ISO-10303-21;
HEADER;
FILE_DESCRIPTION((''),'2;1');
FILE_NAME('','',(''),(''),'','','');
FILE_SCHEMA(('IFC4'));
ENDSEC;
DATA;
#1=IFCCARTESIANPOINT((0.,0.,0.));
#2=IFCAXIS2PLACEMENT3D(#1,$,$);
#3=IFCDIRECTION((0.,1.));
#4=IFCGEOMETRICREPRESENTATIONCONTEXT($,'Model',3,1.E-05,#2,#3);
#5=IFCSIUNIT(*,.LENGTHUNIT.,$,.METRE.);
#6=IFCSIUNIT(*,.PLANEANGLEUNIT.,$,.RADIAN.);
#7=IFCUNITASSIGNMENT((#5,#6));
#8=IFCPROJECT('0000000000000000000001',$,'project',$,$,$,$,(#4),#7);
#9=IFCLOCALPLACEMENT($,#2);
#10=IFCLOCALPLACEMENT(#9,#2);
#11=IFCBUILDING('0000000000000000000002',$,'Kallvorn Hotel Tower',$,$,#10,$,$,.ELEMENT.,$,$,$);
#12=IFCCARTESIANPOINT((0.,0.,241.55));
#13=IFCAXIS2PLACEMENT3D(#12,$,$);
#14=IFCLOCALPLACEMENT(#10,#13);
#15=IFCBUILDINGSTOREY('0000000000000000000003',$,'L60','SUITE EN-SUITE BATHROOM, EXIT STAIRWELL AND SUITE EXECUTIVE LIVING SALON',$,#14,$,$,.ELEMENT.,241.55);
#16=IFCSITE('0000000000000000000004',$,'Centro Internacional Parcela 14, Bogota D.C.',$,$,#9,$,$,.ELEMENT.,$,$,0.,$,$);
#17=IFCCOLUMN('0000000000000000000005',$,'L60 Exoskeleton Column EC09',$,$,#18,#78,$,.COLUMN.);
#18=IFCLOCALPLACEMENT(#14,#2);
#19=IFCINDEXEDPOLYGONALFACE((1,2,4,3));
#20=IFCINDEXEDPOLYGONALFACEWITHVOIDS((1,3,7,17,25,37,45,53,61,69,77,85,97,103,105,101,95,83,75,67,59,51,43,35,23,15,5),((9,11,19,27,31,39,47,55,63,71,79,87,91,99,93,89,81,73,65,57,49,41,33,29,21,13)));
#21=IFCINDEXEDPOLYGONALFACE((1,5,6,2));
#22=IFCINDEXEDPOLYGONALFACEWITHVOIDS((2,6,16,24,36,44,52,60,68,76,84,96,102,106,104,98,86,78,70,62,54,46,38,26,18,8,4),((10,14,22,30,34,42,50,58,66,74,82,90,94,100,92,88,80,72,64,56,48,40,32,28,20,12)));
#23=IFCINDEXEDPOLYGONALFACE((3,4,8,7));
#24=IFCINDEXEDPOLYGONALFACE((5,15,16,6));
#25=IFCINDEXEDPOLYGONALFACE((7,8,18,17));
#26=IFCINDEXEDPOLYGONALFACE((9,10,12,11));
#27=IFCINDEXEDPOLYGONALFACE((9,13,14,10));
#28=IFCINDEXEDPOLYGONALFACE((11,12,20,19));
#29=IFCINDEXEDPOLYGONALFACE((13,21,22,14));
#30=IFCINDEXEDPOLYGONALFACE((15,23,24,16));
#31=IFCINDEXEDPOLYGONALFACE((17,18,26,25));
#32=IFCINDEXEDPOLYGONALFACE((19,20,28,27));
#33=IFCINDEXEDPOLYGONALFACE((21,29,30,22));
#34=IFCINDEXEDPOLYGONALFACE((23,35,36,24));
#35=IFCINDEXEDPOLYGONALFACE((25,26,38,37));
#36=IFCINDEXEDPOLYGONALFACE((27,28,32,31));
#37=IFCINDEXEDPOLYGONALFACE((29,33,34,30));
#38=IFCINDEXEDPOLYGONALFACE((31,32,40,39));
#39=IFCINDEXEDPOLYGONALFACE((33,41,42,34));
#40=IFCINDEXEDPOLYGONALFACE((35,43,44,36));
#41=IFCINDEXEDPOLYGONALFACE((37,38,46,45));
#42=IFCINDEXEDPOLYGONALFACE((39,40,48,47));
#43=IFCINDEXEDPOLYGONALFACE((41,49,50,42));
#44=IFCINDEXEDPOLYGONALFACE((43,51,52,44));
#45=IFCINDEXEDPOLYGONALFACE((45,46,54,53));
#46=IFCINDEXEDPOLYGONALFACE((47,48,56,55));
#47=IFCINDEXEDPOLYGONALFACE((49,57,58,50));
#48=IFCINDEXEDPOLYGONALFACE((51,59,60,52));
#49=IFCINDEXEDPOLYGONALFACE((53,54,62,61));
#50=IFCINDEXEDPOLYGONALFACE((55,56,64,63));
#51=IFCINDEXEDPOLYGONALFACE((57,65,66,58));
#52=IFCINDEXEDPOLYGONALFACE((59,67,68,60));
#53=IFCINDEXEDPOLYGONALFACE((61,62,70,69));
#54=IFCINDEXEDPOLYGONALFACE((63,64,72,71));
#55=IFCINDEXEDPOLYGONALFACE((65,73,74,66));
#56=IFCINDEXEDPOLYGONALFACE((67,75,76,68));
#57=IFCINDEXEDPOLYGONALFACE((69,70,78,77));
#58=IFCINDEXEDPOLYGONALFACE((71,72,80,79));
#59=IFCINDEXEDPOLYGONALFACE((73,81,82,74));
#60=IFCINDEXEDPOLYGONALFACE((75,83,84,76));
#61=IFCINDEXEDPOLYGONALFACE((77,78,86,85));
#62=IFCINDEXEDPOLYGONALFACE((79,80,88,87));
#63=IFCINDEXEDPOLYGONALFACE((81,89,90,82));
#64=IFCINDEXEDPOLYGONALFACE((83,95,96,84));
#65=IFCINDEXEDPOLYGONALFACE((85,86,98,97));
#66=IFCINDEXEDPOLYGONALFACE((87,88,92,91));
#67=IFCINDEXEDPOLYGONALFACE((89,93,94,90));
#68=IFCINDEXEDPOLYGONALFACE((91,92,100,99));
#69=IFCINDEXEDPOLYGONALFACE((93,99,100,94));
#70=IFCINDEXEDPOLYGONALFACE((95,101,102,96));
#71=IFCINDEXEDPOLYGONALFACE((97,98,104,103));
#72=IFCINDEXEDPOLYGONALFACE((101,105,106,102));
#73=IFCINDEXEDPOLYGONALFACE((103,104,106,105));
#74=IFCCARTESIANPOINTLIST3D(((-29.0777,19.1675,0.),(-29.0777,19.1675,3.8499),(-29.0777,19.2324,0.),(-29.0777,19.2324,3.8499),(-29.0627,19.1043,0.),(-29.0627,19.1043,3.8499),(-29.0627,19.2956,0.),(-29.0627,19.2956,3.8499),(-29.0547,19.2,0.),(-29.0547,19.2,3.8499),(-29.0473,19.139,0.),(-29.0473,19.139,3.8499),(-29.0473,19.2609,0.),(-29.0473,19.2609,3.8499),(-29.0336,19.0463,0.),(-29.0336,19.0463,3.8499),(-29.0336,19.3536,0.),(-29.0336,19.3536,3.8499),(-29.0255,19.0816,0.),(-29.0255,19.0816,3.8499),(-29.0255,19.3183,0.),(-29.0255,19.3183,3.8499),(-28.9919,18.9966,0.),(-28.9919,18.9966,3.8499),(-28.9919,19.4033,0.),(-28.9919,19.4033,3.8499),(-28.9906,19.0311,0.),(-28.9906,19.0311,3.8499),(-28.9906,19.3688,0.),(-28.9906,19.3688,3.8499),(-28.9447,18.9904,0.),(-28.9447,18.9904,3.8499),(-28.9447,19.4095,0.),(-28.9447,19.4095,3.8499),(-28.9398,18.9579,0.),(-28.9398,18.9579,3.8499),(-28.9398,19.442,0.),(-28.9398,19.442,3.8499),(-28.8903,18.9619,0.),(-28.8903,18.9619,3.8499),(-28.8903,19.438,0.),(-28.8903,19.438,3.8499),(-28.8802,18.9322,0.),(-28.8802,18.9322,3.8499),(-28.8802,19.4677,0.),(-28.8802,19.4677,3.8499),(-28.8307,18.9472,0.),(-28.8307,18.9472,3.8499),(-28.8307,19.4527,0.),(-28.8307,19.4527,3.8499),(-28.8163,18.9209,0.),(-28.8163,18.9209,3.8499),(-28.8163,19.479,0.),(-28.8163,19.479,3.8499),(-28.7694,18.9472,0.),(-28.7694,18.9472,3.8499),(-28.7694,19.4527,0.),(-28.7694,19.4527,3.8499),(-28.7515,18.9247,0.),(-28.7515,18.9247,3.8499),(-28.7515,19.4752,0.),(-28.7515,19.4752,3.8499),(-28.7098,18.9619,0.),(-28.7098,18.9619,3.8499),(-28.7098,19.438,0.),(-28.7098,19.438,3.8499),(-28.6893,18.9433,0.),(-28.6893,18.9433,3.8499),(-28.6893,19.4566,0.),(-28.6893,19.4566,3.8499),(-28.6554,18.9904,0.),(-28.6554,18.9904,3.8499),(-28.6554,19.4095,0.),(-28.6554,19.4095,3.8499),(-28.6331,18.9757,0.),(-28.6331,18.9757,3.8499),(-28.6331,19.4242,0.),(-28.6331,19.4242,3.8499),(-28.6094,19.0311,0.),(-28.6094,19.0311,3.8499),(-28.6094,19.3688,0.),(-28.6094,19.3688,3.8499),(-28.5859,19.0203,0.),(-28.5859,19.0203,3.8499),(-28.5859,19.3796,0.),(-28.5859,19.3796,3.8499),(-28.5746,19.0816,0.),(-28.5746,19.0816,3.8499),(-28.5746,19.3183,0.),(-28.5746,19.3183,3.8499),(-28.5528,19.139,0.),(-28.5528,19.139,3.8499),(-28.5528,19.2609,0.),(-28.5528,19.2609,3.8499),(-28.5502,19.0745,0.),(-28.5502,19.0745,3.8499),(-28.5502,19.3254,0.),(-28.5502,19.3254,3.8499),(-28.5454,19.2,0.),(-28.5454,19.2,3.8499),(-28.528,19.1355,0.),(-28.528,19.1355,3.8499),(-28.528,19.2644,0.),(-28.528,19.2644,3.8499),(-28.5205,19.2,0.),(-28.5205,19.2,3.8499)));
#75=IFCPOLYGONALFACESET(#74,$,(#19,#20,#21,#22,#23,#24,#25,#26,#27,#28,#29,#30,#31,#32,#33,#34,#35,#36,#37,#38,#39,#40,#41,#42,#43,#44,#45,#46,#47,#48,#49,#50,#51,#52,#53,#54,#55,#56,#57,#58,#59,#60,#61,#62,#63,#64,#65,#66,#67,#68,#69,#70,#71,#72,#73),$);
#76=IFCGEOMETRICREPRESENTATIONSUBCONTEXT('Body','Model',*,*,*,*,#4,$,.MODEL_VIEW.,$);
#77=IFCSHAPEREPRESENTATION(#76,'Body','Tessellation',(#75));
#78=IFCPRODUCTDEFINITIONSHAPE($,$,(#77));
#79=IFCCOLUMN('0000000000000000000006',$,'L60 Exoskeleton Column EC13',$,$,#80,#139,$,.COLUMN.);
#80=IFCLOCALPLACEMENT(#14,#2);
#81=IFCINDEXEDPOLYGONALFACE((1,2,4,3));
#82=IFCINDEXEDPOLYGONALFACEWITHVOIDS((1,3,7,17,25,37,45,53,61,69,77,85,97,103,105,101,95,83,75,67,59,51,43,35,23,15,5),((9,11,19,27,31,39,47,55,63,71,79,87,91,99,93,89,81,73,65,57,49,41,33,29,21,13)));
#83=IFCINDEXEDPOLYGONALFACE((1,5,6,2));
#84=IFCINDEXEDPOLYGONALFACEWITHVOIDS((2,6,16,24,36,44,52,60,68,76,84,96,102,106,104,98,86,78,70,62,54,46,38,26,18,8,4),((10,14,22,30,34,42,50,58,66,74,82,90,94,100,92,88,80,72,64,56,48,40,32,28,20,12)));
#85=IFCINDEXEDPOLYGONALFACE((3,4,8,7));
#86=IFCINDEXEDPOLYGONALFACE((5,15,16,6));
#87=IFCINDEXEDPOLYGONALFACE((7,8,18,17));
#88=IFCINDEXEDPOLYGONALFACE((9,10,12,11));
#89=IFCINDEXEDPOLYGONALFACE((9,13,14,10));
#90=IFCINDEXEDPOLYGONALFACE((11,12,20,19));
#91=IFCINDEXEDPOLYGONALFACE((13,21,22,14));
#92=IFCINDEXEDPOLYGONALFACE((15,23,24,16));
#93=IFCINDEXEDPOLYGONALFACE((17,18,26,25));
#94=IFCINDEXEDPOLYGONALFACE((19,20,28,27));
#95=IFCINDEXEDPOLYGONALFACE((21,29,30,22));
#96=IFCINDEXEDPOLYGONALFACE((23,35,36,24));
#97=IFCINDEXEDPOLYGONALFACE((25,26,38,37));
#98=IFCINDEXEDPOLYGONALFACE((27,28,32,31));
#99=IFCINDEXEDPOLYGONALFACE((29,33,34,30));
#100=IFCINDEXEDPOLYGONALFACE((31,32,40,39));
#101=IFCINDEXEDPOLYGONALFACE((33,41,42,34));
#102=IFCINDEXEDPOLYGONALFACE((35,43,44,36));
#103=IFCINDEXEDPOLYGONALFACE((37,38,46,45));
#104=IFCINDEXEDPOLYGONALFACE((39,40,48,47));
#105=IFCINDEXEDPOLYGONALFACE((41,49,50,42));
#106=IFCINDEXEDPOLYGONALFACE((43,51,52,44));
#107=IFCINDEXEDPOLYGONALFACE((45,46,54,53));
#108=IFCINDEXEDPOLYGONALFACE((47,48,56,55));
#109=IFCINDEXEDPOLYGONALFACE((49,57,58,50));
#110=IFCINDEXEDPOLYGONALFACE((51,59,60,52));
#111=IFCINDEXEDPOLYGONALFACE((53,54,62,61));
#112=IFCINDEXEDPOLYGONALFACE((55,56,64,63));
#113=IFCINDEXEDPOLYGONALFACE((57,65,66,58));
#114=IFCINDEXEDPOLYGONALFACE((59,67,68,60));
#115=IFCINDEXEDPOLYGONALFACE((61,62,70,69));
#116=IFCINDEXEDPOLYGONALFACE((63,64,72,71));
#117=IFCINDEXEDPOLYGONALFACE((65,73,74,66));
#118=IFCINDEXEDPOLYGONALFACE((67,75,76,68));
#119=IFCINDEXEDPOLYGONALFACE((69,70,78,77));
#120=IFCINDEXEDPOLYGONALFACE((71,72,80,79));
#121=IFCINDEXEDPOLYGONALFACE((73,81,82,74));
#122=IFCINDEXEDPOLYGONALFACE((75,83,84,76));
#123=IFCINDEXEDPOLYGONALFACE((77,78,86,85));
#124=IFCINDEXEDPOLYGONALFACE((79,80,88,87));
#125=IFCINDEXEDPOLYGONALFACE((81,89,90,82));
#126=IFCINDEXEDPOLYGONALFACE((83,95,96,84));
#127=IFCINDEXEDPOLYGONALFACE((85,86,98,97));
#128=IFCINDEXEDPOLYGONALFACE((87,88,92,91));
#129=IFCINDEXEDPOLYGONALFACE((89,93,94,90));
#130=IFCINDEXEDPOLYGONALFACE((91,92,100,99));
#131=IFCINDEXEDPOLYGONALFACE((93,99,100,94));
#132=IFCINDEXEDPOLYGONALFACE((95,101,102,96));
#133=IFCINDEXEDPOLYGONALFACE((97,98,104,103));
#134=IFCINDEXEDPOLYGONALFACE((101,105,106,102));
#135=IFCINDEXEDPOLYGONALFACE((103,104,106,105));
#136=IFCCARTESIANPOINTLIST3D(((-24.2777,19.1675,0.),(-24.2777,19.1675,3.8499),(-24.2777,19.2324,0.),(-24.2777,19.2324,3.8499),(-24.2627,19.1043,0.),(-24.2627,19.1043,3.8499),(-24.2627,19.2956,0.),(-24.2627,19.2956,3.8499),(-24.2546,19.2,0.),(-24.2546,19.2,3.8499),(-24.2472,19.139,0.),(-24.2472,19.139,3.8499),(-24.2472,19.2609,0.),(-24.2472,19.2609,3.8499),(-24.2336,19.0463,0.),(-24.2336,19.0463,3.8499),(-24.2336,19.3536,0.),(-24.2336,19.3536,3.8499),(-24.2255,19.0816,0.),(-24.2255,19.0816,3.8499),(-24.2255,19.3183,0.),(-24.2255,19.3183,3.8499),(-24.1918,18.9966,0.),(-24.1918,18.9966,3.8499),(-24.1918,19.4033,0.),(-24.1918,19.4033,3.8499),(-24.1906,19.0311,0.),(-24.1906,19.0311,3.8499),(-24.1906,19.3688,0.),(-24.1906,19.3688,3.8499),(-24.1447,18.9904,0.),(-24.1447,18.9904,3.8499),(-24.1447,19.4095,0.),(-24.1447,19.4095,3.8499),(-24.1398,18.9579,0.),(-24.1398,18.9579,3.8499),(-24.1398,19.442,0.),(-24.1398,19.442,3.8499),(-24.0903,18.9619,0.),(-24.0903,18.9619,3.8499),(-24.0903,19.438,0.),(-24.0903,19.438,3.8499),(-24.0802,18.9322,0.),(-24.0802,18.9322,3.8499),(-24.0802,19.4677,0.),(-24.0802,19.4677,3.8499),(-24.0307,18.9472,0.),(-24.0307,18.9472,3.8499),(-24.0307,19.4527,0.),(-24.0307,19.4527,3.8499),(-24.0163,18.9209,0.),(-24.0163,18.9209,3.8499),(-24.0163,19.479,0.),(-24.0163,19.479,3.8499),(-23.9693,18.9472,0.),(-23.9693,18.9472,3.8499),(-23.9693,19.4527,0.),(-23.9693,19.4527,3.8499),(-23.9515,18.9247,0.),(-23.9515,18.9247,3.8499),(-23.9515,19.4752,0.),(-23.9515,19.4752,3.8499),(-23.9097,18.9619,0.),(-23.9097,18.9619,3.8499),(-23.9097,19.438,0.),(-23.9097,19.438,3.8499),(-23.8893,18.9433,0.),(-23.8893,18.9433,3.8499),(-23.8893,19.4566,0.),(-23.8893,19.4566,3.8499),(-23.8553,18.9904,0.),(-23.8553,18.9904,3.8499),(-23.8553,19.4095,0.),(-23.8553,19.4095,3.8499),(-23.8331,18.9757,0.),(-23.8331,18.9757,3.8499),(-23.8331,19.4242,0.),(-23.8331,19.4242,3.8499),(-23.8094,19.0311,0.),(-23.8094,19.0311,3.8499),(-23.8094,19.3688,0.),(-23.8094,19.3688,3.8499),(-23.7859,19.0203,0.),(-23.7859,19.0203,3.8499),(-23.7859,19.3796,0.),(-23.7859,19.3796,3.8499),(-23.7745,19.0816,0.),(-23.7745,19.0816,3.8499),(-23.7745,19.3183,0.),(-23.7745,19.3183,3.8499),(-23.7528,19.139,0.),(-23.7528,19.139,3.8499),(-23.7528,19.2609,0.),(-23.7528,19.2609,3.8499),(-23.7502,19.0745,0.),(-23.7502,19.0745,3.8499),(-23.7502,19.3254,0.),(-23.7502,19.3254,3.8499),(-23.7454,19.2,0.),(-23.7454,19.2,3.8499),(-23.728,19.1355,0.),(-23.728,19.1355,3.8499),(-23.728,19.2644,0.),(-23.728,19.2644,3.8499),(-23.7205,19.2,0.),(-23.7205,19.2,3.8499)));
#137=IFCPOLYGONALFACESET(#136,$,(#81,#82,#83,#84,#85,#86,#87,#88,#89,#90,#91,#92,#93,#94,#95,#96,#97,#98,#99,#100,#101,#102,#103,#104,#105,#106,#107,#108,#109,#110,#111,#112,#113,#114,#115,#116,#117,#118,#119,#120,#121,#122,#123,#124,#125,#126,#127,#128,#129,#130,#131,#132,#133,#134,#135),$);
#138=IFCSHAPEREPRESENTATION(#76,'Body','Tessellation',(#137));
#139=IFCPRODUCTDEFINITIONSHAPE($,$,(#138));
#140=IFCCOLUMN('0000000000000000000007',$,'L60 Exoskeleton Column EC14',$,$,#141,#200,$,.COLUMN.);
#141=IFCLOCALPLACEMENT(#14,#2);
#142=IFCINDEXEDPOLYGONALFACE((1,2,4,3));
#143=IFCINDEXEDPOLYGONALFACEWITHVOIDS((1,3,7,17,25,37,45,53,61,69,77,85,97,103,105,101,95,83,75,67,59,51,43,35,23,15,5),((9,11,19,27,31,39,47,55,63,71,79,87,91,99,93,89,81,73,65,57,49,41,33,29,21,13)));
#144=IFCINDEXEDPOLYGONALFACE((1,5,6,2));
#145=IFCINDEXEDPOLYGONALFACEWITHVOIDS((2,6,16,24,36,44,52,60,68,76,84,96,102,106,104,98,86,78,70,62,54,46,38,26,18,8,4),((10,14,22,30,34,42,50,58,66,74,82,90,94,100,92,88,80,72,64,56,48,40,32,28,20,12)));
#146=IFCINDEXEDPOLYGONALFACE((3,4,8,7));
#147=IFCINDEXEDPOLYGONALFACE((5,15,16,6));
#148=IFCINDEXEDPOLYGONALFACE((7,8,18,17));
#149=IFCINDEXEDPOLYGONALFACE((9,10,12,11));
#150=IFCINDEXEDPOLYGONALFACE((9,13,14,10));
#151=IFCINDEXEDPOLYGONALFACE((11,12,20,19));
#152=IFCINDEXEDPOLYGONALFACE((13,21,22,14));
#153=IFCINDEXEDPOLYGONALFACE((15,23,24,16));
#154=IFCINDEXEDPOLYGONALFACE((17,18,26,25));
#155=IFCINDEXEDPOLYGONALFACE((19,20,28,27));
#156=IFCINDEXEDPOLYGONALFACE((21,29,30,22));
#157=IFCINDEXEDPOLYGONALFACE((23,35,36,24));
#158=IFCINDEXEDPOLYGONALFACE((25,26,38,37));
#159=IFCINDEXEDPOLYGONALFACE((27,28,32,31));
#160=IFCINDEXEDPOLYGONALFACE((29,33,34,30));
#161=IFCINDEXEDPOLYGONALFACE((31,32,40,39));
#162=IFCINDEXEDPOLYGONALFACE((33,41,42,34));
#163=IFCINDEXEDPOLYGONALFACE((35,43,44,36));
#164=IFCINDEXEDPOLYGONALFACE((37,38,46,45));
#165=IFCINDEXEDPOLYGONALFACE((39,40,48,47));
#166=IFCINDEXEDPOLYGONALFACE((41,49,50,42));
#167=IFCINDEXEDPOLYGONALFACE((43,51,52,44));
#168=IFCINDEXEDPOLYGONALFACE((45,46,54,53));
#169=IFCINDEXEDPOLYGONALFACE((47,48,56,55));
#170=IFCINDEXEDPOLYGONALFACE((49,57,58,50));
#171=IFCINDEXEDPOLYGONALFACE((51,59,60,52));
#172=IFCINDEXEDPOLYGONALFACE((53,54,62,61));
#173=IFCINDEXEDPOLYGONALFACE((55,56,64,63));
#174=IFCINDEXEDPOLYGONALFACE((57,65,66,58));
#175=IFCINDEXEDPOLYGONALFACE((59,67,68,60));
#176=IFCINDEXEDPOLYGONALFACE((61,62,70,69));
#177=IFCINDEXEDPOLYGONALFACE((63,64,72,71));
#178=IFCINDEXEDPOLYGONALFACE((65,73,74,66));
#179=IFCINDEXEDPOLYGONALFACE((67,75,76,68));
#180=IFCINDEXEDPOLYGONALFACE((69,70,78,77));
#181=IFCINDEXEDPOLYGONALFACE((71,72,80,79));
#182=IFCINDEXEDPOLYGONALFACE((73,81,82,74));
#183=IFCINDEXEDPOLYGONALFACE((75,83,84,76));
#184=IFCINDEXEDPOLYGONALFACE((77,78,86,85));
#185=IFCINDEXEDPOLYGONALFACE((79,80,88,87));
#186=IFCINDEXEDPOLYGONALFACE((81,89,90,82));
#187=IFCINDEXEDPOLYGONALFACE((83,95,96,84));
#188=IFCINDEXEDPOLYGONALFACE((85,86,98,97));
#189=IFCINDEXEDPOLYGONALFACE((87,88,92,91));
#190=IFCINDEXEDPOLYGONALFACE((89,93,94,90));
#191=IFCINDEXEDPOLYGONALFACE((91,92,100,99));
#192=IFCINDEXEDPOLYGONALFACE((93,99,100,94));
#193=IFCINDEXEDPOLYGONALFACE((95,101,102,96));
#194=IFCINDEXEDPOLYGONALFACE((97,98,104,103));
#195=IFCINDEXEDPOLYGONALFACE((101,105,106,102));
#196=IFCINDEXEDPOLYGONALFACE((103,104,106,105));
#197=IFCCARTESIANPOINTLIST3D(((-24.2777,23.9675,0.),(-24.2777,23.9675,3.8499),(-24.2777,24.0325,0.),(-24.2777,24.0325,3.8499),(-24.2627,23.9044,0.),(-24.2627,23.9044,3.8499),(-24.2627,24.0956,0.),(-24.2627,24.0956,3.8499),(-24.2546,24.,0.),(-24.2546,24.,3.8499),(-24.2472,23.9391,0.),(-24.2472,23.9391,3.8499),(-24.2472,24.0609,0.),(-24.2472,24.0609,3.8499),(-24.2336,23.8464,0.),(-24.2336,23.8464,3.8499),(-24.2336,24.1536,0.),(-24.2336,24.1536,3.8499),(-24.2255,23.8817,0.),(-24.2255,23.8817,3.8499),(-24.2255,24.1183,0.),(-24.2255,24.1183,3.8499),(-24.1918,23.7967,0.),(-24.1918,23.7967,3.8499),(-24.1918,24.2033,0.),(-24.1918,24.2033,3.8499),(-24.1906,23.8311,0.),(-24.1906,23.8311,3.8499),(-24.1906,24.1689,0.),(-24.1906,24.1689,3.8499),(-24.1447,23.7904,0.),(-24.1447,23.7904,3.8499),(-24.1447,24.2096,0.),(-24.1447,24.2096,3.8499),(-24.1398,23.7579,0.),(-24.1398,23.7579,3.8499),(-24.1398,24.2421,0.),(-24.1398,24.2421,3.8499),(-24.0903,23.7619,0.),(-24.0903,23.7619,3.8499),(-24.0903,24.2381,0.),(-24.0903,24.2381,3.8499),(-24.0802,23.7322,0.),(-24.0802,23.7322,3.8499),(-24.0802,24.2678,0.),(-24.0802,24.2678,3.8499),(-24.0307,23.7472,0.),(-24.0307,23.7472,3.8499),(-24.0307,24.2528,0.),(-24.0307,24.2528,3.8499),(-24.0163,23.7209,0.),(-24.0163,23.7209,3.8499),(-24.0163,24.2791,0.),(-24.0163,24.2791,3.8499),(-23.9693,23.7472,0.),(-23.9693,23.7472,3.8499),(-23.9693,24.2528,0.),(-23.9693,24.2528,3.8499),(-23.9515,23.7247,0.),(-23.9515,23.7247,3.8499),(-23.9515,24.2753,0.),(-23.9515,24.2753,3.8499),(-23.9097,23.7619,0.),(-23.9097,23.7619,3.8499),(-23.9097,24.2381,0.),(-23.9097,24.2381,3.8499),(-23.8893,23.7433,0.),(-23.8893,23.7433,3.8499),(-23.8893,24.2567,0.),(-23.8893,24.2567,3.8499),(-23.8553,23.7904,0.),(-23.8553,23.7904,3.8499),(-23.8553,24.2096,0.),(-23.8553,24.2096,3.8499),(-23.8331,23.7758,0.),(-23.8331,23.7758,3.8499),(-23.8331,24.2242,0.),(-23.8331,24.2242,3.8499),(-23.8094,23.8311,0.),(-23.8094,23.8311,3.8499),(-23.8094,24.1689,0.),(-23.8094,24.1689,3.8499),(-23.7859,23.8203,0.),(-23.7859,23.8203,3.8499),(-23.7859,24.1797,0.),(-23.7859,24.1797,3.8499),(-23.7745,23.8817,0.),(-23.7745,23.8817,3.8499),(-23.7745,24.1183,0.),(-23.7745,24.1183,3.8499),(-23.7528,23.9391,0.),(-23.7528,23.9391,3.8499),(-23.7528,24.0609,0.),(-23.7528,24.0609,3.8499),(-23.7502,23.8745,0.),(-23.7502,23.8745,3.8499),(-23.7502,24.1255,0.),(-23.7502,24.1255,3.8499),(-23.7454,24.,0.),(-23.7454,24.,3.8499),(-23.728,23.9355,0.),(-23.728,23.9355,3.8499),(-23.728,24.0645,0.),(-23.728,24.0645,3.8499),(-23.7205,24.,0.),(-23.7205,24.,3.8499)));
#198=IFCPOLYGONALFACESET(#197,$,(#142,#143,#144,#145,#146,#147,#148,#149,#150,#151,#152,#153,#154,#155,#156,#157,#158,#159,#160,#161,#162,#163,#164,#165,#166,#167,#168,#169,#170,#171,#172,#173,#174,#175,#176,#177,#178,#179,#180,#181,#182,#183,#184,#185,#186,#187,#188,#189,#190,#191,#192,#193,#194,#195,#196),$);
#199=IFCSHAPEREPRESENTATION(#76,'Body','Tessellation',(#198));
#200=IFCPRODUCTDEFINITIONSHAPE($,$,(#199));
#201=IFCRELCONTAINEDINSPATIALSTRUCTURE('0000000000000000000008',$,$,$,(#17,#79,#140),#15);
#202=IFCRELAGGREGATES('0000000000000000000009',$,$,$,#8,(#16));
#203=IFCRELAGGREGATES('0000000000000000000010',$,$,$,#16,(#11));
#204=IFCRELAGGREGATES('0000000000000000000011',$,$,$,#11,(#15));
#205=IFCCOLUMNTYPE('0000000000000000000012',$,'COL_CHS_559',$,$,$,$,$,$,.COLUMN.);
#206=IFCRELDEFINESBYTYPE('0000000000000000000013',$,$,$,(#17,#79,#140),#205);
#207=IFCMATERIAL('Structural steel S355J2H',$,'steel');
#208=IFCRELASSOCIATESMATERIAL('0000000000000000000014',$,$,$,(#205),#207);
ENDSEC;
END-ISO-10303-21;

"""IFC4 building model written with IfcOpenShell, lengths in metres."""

from ifc_helpers import new_model, si_unit, direction, frame, origin, origin_2d, place, context, subcontext, project, spatial, hollow_circle, extrude, material, material_profile, profile_set, type_object, element, save


model = new_model("IFC4")

# Units and contexts
model_context = context("Model", 3, precision=1e-05, world=origin(), true_north=direction((0.0, 1.0)))
body_context = subcontext(model_context, "Body", "Model", "MODEL_VIEW")
ifc_project = project(units=[si_unit("LENGTHUNIT", "METRE"), si_unit("PLANEANGLEUNIT", "RADIAN")], contexts=[model_context])

# Site, building, storey
site_placement = place(None, origin())
site = spatial("IfcSite", under=ifc_project, at=site_placement, Name="Centro Internacional Parcela 14, Bogota D.C.", CompositionType="ELEMENT", RefElevation=0.0)
building_placement = place(site_placement, origin())
building = spatial("IfcBuilding", under=site, at=building_placement, Name="Kallvorn Hotel Tower", CompositionType="ELEMENT")
storey_placement = place(building_placement, frame((0.0, 0.0, 241.55)))
storey = spatial("IfcBuildingStorey", under=building, at=storey_placement, Name="L60", Description="SUITE EN-SUITE BATHROOM, EXIT STAIRWELL AND SUITE EXECUTIVE LIVING SALON", CompositionType="ELEMENT", Elevation=241.55)

# Columns
ifc_material_1 = material(Name="Structural steel S355J2H", Category="steel")
ifc_material_profile_1 = material_profile(ifc_material_1, hollow_circle(Radius=0.2795, WallThickness=0.0249, at=origin_2d()), Name="CHS 559x25")
ifc_profile_set_1 = profile_set([ifc_material_profile_1], Name="Structural steel S355J2H")
column_type_1 = type_object("IfcColumnType", Name="COL_CHS_559", PredefinedType="COLUMN", material=ifc_profile_set_1)
for number, where, z_axis, x_axis, name in (
    (1, (-28.8, 19.2, 0.0), (0.0, 0.0, 1.0), (1.0, 0.0, 0.0), "L60 Exoskeleton Column EC09"),
    (2, (-24.0, 19.2, 0.0), (0.0, 0.0, 1.0), (1.0, 0.0, 0.0), "L60 Exoskeleton Column EC13"),
    (3, (-24.0, 24.0, 0.0), (0.0, 0.0, 1.0), (1.0, 0.0, 0.0), "L60 Exoskeleton Column EC14"),
):
    element("IfcColumn", number, at=place(storey_placement, frame(where, z_axis=z_axis, x_axis=x_axis)), inside=storey, type_object=column_type_1, Name=name, PredefinedType="COLUMN", context=body_context, shape_type="SweptSolid", body=[
        extrude(hollow_circle(Radius=0.2795, WallThickness=0.0249, at=origin_2d()), origin(), (0.0, 0.0, 1.0), 3.8499),
    ])

save(model, "model.ifc")
